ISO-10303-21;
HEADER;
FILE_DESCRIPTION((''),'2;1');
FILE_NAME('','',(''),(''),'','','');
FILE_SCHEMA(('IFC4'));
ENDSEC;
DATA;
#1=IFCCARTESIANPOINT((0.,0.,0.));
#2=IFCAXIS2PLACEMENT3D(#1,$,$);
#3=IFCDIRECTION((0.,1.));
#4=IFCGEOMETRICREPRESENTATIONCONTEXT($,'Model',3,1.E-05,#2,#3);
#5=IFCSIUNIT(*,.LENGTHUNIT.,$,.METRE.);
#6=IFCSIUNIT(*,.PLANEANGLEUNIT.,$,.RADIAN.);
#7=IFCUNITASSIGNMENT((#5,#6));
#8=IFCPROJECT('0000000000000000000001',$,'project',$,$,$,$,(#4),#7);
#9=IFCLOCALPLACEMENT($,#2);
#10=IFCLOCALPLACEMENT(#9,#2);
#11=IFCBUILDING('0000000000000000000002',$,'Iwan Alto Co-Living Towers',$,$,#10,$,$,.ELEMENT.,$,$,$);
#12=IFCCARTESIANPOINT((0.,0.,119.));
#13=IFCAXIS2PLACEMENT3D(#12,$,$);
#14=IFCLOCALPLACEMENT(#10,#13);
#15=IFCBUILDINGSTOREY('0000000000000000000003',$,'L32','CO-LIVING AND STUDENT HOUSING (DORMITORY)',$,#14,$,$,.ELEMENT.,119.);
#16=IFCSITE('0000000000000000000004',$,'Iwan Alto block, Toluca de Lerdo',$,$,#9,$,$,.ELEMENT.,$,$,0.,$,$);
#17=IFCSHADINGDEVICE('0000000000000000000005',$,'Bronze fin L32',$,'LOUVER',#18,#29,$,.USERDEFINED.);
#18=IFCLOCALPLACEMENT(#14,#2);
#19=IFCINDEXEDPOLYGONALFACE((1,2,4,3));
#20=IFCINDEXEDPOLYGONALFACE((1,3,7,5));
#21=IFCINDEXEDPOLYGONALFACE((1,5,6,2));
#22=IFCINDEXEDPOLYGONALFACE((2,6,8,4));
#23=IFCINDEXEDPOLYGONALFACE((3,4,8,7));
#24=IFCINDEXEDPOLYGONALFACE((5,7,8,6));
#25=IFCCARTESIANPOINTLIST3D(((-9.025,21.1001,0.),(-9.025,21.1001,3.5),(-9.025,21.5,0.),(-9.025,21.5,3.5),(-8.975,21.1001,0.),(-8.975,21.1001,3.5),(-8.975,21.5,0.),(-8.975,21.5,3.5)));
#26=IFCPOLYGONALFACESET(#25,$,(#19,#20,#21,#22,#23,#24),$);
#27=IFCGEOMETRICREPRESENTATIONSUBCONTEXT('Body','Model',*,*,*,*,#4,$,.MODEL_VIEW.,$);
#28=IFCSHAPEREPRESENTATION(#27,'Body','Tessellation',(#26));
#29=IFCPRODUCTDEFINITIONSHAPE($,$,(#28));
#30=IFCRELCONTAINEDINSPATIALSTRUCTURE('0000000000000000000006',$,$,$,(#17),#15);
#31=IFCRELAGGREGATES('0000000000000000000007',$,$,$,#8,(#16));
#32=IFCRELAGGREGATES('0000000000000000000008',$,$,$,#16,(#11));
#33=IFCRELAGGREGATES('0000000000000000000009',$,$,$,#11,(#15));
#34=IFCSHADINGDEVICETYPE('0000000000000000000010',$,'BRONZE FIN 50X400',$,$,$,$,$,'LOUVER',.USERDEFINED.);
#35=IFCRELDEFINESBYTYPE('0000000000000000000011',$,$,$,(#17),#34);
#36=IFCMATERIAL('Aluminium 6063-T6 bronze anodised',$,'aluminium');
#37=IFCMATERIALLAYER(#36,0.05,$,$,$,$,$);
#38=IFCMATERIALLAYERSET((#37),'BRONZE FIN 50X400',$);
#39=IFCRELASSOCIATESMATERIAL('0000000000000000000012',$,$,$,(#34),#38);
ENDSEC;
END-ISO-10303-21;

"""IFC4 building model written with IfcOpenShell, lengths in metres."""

from ifc_helpers import new_model, si_unit, direction, frame, origin, origin_2d, place, context, subcontext, project, spatial, rectangle, extrude, material, layer, layer_set, type_object, element, save


model = new_model("IFC4")

# Units and contexts
model_context = context("Model", 3, precision=1e-05, world=origin(), true_north=direction((0.0, 1.0)))
body_context = subcontext(model_context, "Body", "Model", "MODEL_VIEW")
ifc_project = project(units=[si_unit("LENGTHUNIT", "METRE"), si_unit("PLANEANGLEUNIT", "RADIAN")], contexts=[model_context])

# Site, building, storey
site_placement = place(None, origin())
site = spatial("IfcSite", under=ifc_project, at=site_placement, Name="Iwan Alto block, Toluca de Lerdo", CompositionType="ELEMENT", RefElevation=0.0)
building_placement = place(site_placement, origin())
building = spatial("IfcBuilding", under=site, at=building_placement, Name="Iwan Alto Co-Living Towers", CompositionType="ELEMENT")
storey_placement = place(building_placement, frame((0.0, 0.0, 119.0)))
storey = spatial("IfcBuildingStorey", under=building, at=storey_placement, Name="L32", Description="CO-LIVING AND STUDENT HOUSING (DORMITORY)", CompositionType="ELEMENT", Elevation=119.0)

# Shading device
ifc_material_1 = material(Name="Aluminium 6063-T6 bronze anodised", Category="aluminium")
ifc_layer_1 = layer(ifc_material_1, 0.05)
ifc_layer_set_1 = layer_set([ifc_layer_1], Name="BRONZE FIN 50X400")
shading_device_type = type_object("IfcShadingDeviceType", Name="BRONZE FIN 50X400", ElementType="LOUVER", PredefinedType="USERDEFINED", material=ifc_layer_set_1)
shading_device_placement = place(storey_placement, frame((-9.0, 21.3, 0.0), z_axis=(0.0, 0.0, 1.0), x_axis=(-1.0, 0.0, 0.0)))
element("IfcShadingDevice", 1, at=shading_device_placement, inside=storey, type_object=shading_device_type, Name="Bronze fin L32", ObjectType="LOUVER", PredefinedType="USERDEFINED", context=body_context, shape_type="SweptSolid", body=[
    extrude(rectangle(XDim=0.05, YDim=0.3999, at=origin_2d()), origin(), (0.0, 0.0, 1.0), 3.5),
])

save(model, "model.ifc")
